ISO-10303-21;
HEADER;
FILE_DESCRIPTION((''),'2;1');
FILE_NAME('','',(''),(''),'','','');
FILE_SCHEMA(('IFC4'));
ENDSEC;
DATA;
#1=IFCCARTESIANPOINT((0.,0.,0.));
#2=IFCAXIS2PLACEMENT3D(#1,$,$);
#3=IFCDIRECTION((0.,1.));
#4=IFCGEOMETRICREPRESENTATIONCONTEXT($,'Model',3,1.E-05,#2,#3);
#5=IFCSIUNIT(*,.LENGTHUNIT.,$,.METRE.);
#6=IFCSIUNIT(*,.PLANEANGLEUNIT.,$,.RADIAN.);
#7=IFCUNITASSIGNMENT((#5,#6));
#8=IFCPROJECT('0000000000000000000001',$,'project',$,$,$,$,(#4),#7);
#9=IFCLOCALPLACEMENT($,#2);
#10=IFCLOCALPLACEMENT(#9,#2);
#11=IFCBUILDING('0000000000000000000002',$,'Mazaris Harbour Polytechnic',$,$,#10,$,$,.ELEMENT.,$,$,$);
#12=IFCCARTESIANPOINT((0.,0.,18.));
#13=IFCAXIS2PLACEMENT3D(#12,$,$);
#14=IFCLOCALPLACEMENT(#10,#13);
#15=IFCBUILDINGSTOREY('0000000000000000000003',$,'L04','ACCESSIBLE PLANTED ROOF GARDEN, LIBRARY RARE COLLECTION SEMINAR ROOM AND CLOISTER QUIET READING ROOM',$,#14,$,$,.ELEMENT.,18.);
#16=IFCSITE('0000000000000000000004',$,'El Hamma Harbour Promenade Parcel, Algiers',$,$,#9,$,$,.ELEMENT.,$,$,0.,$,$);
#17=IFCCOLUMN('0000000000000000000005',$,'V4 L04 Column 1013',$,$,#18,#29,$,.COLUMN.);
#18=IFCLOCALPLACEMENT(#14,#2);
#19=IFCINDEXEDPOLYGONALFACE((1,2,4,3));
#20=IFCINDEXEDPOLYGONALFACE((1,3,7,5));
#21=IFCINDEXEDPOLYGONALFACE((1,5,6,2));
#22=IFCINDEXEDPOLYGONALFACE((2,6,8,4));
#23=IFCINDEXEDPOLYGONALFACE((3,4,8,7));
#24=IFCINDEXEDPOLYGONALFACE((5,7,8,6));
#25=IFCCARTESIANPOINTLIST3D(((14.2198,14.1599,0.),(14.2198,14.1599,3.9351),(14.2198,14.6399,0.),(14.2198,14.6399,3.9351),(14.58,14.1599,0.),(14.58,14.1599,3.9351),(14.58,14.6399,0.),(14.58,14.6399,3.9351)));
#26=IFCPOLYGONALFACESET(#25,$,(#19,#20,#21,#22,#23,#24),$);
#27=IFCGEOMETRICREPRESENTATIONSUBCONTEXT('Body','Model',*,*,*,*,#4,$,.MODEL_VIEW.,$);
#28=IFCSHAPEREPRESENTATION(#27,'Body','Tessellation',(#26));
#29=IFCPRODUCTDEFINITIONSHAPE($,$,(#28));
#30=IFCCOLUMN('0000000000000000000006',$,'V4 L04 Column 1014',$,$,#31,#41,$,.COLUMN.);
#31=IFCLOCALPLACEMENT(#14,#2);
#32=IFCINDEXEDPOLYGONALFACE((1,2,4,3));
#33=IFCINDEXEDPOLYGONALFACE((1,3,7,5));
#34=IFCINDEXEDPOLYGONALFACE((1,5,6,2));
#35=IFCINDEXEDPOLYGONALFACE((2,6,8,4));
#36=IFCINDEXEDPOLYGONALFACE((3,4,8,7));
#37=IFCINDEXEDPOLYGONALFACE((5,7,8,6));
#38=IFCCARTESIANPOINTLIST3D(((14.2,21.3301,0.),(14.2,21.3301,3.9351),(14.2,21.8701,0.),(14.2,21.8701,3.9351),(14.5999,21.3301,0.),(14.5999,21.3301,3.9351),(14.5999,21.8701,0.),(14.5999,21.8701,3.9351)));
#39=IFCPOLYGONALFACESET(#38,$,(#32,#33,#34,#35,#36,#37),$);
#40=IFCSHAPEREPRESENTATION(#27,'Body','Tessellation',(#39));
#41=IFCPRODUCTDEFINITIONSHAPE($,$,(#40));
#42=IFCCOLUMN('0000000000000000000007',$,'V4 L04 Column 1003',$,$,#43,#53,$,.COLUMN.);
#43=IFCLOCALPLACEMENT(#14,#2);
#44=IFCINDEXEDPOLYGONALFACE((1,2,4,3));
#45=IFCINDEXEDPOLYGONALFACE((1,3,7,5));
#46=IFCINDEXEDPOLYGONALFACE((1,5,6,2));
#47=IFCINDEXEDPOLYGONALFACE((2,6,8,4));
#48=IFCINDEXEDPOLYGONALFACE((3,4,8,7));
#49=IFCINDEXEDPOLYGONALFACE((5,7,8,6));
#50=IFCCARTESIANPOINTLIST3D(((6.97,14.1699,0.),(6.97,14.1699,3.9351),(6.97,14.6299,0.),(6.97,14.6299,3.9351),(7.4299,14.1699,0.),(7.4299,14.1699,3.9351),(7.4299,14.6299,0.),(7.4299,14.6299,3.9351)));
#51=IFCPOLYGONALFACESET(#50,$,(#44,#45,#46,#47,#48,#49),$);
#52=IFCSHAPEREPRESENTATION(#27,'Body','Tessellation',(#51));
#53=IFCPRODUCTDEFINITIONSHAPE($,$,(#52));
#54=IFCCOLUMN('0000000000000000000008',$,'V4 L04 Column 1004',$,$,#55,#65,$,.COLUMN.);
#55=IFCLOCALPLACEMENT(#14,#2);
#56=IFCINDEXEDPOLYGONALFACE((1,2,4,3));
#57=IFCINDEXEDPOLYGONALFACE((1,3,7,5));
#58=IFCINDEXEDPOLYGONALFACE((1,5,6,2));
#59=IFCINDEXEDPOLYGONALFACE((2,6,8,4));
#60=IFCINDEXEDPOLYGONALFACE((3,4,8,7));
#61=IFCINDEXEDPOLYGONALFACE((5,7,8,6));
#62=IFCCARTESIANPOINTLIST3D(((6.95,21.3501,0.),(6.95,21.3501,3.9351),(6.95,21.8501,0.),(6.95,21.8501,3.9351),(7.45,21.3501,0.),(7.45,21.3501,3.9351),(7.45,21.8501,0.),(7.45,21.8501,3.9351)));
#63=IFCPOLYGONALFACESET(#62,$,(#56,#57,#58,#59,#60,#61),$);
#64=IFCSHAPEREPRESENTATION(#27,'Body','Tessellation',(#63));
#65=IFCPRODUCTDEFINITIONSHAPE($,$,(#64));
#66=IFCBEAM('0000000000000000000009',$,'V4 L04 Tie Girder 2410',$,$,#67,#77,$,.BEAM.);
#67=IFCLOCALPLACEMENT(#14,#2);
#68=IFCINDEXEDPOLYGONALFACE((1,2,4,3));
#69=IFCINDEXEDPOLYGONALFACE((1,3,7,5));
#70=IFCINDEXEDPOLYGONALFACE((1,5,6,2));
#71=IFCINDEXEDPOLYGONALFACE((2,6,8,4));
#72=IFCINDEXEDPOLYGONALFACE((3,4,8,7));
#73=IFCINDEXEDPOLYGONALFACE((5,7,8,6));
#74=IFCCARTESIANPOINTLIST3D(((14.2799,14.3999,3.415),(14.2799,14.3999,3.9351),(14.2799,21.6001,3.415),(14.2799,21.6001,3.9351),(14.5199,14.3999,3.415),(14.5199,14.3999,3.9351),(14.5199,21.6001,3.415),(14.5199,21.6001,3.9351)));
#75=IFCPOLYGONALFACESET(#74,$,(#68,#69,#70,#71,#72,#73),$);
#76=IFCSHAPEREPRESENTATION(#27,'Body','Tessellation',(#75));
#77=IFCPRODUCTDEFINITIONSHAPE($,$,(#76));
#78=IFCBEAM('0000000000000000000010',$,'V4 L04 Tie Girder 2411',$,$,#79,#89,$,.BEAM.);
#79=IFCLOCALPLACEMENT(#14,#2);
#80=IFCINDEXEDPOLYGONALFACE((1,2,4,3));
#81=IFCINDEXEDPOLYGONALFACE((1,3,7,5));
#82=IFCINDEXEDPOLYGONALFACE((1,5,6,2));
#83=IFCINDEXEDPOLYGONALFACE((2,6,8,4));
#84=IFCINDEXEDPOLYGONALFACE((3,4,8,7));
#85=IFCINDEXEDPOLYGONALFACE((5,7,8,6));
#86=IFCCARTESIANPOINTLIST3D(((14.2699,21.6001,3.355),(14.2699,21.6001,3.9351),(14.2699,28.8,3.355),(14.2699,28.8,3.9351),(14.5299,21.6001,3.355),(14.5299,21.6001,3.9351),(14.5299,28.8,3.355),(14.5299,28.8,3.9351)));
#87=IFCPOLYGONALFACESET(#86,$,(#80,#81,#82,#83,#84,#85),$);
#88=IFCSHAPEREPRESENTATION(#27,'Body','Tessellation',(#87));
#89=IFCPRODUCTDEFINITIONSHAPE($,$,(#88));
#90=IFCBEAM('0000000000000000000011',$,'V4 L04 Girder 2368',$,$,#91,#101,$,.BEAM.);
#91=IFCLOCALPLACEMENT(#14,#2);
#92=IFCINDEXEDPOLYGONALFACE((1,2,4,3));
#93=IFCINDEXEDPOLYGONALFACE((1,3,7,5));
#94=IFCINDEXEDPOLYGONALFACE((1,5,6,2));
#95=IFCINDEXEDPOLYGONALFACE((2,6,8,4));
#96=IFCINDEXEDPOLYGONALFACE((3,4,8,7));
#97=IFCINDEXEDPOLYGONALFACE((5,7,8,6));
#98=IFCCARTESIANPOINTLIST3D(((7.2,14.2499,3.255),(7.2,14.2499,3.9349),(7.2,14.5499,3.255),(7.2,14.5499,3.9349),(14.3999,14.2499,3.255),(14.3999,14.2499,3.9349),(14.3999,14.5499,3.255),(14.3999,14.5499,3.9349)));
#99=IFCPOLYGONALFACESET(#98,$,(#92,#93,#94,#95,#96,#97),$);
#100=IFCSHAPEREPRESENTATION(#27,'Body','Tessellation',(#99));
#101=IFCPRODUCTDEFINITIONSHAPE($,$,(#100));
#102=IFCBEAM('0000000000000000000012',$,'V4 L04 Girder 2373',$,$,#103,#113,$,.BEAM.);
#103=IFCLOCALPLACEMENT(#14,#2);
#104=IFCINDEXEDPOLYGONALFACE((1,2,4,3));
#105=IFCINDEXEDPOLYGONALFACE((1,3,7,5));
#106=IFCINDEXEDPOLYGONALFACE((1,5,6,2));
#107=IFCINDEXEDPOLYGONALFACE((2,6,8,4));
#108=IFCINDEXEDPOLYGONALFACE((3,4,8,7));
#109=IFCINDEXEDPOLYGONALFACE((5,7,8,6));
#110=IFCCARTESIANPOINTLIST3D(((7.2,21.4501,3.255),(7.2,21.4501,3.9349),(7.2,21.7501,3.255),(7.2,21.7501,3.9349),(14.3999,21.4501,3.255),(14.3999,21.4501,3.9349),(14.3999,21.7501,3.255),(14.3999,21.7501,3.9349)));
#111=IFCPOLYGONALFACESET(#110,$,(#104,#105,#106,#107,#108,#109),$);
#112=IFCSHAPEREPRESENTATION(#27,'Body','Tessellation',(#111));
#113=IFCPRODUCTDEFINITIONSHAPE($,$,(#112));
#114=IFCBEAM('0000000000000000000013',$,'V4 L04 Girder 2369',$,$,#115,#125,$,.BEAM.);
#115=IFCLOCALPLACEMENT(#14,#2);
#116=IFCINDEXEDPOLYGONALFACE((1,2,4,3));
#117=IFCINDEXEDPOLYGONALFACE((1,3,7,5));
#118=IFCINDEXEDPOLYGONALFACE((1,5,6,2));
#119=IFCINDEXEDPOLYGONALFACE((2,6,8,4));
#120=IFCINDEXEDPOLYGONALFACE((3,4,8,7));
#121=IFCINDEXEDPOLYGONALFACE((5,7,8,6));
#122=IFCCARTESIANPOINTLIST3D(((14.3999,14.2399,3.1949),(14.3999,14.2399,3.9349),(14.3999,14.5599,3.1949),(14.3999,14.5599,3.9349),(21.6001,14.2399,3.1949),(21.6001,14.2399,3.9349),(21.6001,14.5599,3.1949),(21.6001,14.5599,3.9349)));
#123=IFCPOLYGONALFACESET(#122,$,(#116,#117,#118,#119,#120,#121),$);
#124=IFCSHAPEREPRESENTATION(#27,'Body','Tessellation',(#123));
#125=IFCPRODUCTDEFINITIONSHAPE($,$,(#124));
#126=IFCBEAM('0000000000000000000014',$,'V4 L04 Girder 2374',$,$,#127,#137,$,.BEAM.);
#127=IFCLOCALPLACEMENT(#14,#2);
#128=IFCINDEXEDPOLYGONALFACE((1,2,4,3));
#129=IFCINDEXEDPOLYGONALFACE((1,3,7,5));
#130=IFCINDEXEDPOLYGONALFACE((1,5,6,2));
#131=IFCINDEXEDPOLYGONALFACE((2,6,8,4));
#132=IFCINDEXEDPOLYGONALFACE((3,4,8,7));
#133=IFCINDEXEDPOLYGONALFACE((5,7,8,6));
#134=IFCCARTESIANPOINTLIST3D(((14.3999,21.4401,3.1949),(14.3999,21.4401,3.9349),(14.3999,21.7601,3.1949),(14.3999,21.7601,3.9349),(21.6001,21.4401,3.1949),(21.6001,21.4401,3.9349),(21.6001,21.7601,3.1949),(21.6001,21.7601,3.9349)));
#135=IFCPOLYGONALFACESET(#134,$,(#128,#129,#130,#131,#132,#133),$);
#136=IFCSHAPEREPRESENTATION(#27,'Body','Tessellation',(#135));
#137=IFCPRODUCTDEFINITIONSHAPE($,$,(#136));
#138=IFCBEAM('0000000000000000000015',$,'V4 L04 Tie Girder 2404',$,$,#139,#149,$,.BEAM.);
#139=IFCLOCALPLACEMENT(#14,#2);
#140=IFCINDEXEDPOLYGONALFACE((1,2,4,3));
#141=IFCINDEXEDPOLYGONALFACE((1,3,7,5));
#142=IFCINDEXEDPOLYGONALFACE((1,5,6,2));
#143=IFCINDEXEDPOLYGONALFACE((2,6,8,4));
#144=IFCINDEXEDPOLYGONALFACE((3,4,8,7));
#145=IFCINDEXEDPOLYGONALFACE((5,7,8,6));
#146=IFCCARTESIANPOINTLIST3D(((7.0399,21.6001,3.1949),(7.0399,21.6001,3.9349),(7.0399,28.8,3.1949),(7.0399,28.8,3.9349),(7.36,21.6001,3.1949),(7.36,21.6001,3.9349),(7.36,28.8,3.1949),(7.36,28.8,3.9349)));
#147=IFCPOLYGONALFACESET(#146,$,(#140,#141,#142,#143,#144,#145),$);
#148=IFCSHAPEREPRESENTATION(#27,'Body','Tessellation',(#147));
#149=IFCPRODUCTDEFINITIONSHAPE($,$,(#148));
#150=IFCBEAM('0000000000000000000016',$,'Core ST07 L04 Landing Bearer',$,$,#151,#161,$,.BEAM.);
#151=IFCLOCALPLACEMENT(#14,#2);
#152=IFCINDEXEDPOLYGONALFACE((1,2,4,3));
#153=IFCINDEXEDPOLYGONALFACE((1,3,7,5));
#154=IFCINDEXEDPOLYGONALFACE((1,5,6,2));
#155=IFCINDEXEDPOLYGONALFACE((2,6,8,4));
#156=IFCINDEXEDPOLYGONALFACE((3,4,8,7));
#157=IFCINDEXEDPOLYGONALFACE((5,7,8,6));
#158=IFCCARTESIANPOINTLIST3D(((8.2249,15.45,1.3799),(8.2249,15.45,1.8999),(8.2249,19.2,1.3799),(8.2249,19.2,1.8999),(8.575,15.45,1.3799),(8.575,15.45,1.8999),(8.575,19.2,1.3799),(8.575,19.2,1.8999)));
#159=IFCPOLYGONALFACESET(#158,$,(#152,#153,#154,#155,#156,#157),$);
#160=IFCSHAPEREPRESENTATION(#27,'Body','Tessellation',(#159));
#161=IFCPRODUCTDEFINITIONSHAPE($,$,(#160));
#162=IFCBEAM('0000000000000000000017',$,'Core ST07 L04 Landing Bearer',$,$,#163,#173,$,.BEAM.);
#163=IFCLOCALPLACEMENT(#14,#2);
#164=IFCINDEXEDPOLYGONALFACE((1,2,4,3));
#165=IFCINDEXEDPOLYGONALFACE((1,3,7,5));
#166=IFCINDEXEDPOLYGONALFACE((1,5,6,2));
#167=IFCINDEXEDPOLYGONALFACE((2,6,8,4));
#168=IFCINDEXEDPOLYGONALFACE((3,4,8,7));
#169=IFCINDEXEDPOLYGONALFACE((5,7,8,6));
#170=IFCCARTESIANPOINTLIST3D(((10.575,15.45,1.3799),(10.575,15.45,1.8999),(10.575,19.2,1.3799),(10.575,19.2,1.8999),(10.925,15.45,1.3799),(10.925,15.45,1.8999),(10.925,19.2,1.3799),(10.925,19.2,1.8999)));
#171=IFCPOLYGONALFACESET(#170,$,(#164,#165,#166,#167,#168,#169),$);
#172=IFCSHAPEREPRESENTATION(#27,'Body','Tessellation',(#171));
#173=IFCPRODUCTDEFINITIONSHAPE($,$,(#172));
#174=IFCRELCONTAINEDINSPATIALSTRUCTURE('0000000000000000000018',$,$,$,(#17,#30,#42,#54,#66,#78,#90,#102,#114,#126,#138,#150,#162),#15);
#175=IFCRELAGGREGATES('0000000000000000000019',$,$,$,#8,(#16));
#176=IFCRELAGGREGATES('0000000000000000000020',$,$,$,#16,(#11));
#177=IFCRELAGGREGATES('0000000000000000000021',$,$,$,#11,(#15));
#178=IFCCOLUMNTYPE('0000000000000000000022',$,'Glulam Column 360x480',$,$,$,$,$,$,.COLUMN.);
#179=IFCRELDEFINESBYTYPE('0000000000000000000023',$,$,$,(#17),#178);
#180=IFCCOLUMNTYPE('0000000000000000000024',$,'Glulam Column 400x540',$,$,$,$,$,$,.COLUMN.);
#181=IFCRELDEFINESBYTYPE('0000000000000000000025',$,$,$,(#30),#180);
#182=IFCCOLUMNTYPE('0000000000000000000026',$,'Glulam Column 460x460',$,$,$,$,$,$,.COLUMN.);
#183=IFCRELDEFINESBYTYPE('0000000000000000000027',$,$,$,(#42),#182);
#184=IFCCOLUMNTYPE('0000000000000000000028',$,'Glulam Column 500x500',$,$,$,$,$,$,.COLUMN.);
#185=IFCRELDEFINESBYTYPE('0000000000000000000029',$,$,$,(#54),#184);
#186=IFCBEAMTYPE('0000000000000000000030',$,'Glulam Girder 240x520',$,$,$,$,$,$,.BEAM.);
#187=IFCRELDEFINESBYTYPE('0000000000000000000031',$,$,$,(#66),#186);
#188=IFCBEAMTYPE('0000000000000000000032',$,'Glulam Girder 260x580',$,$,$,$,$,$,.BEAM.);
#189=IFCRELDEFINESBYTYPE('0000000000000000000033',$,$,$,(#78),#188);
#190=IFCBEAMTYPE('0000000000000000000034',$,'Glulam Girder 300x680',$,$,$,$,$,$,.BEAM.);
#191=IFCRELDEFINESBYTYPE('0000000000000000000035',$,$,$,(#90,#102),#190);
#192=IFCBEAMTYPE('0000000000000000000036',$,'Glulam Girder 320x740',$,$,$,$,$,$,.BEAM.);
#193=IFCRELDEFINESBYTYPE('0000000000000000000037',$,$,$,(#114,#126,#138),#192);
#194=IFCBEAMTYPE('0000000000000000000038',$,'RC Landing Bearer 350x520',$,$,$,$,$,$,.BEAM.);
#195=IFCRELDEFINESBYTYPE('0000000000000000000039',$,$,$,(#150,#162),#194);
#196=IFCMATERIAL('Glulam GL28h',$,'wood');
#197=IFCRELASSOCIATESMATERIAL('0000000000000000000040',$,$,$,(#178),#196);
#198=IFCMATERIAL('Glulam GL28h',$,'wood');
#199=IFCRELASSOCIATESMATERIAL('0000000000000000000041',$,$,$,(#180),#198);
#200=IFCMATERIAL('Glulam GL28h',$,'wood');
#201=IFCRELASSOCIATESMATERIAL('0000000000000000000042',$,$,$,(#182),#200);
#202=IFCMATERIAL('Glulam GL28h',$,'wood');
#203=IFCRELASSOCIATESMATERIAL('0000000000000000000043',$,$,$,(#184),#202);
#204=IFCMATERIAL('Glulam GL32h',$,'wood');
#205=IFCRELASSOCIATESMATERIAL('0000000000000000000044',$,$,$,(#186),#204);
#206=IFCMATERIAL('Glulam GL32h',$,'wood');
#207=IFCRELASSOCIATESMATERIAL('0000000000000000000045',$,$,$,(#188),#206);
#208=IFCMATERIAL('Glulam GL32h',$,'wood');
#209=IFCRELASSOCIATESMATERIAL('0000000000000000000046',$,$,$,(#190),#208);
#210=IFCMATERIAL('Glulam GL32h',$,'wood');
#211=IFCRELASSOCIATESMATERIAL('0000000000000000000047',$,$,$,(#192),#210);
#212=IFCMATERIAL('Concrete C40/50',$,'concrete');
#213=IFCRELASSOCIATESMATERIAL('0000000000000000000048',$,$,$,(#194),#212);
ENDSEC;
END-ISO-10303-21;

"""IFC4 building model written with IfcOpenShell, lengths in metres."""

from ifc_helpers import new_model, si_unit, direction, frame, origin, origin_2d, place, context, subcontext, project, spatial, rectangle, extrude, material, material_profile, profile_set, type_object, element, save


model = new_model("IFC4")

# Units and contexts
model_context = context("Model", 3, precision=1e-05, world=origin(), true_north=direction((0.0, 1.0)))
body_context = subcontext(model_context, "Body", "Model", "MODEL_VIEW")
ifc_project = project(units=[si_unit("LENGTHUNIT", "METRE"), si_unit("PLANEANGLEUNIT", "RADIAN")], contexts=[model_context])

# Site, building, storey
site_placement = place(None, origin())
site = spatial("IfcSite", under=ifc_project, at=site_placement, Name="El Hamma Harbour Promenade Parcel, Algiers", CompositionType="ELEMENT", RefElevation=0.0)
building_placement = place(site_placement, origin())
building = spatial("IfcBuilding", under=site, at=building_placement, Name="Mazaris Harbour Polytechnic", CompositionType="ELEMENT")
storey_placement = place(building_placement, frame((0.0, 0.0, 18.0)))
storey = spatial("IfcBuildingStorey", under=building, at=storey_placement, Name="L04", Description="ACCESSIBLE PLANTED ROOF GARDEN, LIBRARY RARE COLLECTION SEMINAR ROOM AND CLOISTER QUIET READING ROOM", CompositionType="ELEMENT", Elevation=18.0)

# Columns
ifc_material_1 = material(Name="Glulam GL28h", Category="wood")
ifc_material_profile_1 = material_profile(ifc_material_1, rectangle(XDim=0.3601, YDim=0.48, at=origin_2d()), Name="RECT360x480")
ifc_profile_set_1 = profile_set([ifc_material_profile_1], Name="Glulam GL28h")
column_type_1 = type_object("IfcColumnType", Name="Glulam Column 360x480", PredefinedType="COLUMN", material=ifc_profile_set_1)
column_1_placement = place(storey_placement, frame((14.3999, 14.3999, 0.0), z_axis=(0.0, 0.0, 1.0), x_axis=(1.0, 0.0, 0.0)))
element("IfcColumn", 1, at=column_1_placement, inside=storey, type_object=column_type_1, Name="V4 L04 Column 1013", PredefinedType="COLUMN", context=body_context, shape_type="SweptSolid", body=[
    extrude(rectangle(XDim=0.3601, YDim=0.48, at=origin_2d()), origin(), (0.0, 0.0, 1.0), 3.9351),
])
ifc_material_2 = material(Name="Glulam GL28h", Category="wood")
ifc_material_profile_2 = material_profile(ifc_material_2, rectangle(XDim=0.3999, YDim=0.54, at=origin_2d()), Name="RECT400x540")
ifc_profile_set_2 = profile_set([ifc_material_profile_2], Name="Glulam GL28h")
column_type_2 = type_object("IfcColumnType", Name="Glulam Column 400x540", PredefinedType="COLUMN", material=ifc_profile_set_2)
column_2_placement = place(storey_placement, frame((14.3999, 21.6001, 0.0), z_axis=(0.0, 0.0, 1.0), x_axis=(1.0, 0.0, 0.0)))
element("IfcColumn", 2, at=column_2_placement, inside=storey, type_object=column_type_2, Name="V4 L04 Column 1014", PredefinedType="COLUMN", context=body_context, shape_type="SweptSolid", body=[
    extrude(rectangle(XDim=0.3999, YDim=0.54, at=origin_2d()), origin(), (0.0, 0.0, 1.0), 3.9351),
])
ifc_material_3 = material(Name="Glulam GL28h", Category="wood")
ifc_material_profile_3 = material_profile(ifc_material_3, rectangle(XDim=0.46, YDim=0.46, at=origin_2d()), Name="RECT460x460")
ifc_profile_set_3 = profile_set([ifc_material_profile_3], Name="Glulam GL28h")
column_type_3 = type_object("IfcColumnType", Name="Glulam Column 460x460", PredefinedType="COLUMN", material=ifc_profile_set_3)
column_3_placement = place(storey_placement, frame((7.2, 14.3999, 0.0), z_axis=(0.0, 0.0, 1.0), x_axis=(1.0, 0.0, 0.0)))
element("IfcColumn", 3, at=column_3_placement, inside=storey, type_object=column_type_3, Name="V4 L04 Column 1003", PredefinedType="COLUMN", context=body_context, shape_type="SweptSolid", body=[
    extrude(rectangle(XDim=0.46, YDim=0.46, at=origin_2d()), origin(), (0.0, 0.0, 1.0), 3.9351),
])
ifc_material_4 = material(Name="Glulam GL28h", Category="wood")
ifc_material_profile_4 = material_profile(ifc_material_4, rectangle(XDim=0.5, YDim=0.5, at=origin_2d()), Name="RECT500x500")
ifc_profile_set_4 = profile_set([ifc_material_profile_4], Name="Glulam GL28h")
column_type_4 = type_object("IfcColumnType", Name="Glulam Column 500x500", PredefinedType="COLUMN", material=ifc_profile_set_4)
column_4_placement = place(storey_placement, frame((7.2, 21.6001, 0.0), z_axis=(0.0, 0.0, 1.0), x_axis=(1.0, 0.0, 0.0)))
element("IfcColumn", 4, at=column_4_placement, inside=storey, type_object=column_type_4, Name="V4 L04 Column 1004", PredefinedType="COLUMN", context=body_context, shape_type="SweptSolid", body=[
    extrude(rectangle(XDim=0.5, YDim=0.5, at=origin_2d()), origin(), (0.0, 0.0, 1.0), 3.9351),
])

# Beams
ifc_material_5 = material(Name="Glulam GL32h", Category="wood")
ifc_material_profile_5 = material_profile(ifc_material_5, rectangle(XDim=0.24, YDim=0.52, at=origin_2d()), Name="RECT240x520")
ifc_profile_set_5 = profile_set([ifc_material_profile_5], Name="Glulam GL32h")
beam_type_1 = type_object("IfcBeamType", Name="Glulam Girder 240x520", PredefinedType="BEAM", material=ifc_profile_set_5)
beam_1_placement = place(storey_placement, frame((14.3999, 14.3999, 3.675), z_axis=(0.0, 1.0, 0.0), x_axis=(-1.0, 0.0, 0.0)))
element("IfcBeam", 5, at=beam_1_placement, inside=storey, type_object=beam_type_1, Name="V4 L04 Tie Girder 2410", PredefinedType="BEAM", context=body_context, shape_type="SweptSolid", body=[
    extrude(rectangle(XDim=0.24, YDim=0.52, at=origin_2d()), origin(), (0.0, 0.0, 1.0), 7.2002),
])
ifc_material_6 = material(Name="Glulam GL32h", Category="wood")
ifc_material_profile_6 = material_profile(ifc_material_6, rectangle(XDim=0.26, YDim=0.5801, at=origin_2d()), Name="RECT260x580")
ifc_profile_set_6 = profile_set([ifc_material_profile_6], Name="Glulam GL32h")
beam_type_2 = type_object("IfcBeamType", Name="Glulam Girder 260x580", PredefinedType="BEAM", material=ifc_profile_set_6)
beam_2_placement = place(storey_placement, frame((14.3999, 21.6001, 3.645), z_axis=(0.0, 1.0, 0.0), x_axis=(-1.0, 0.0, 0.0)))
element("IfcBeam", 6, at=beam_2_placement, inside=storey, type_object=beam_type_2, Name="V4 L04 Tie Girder 2411", PredefinedType="BEAM", context=body_context, shape_type="SweptSolid", body=[
    extrude(rectangle(XDim=0.26, YDim=0.5801, at=origin_2d()), origin(), (0.0, 0.0, 1.0), 7.2),
])
ifc_material_7 = material(Name="Glulam GL32h", Category="wood")
ifc_material_profile_7 = material_profile(ifc_material_7, rectangle(XDim=0.3, YDim=0.6799, at=origin_2d()), Name="RECT300x680")
ifc_profile_set_7 = profile_set([ifc_material_profile_7], Name="Glulam GL32h")
beam_type_3 = type_object("IfcBeamType", Name="Glulam Girder 300x680", PredefinedType="BEAM", material=ifc_profile_set_7)
for number, where, z_axis, x_axis, name in (
    (7, (7.2, 14.3999, 3.595), (1.0, 0.0, 0.0), (0.0, 1.0, 0.0), "V4 L04 Girder 2368"),
    (8, (7.2, 21.6001, 3.595), (1.0, 0.0, 0.0), (0.0, 1.0, 0.0), "V4 L04 Girder 2373"),
):
    element("IfcBeam", number, at=place(storey_placement, frame(where, z_axis=z_axis, x_axis=x_axis)), inside=storey, type_object=beam_type_3, Name=name, PredefinedType="BEAM", context=body_context, shape_type="SweptSolid", body=[
        extrude(rectangle(XDim=0.3, YDim=0.6799, at=origin_2d()), origin(), (0.0, 0.0, 1.0), 7.2),
    ])
ifc_material_8 = material(Name="Glulam GL32h", Category="wood")
ifc_material_profile_8 = material_profile(ifc_material_8, rectangle(XDim=0.3201, YDim=0.74, at=origin_2d()), Name="RECT320x740")
ifc_profile_set_8 = profile_set([ifc_material_profile_8], Name="Glulam GL32h")
beam_type_4 = type_object("IfcBeamType", Name="Glulam Girder 320x740", PredefinedType="BEAM", material=ifc_profile_set_8)
for number, where, z_axis, x_axis, name in (
    (9, (14.3999, 14.3999, 3.5649), (1.0, 0.0, 0.0), (0.0, 1.0, 0.0), "V4 L04 Girder 2369"),
    (10, (14.3999, 21.6001, 3.5649), (1.0, 0.0, 0.0), (0.0, 1.0, 0.0), "V4 L04 Girder 2374"),
):
    element("IfcBeam", number, at=place(storey_placement, frame(where, z_axis=z_axis, x_axis=x_axis)), inside=storey, type_object=beam_type_4, Name=name, PredefinedType="BEAM", context=body_context, shape_type="SweptSolid", body=[
        extrude(rectangle(XDim=0.3201, YDim=0.74, at=origin_2d()), origin(), (0.0, 0.0, 1.0), 7.2002),
    ])
beam_3_placement = place(storey_placement, frame((7.2, 21.6001, 3.5649), z_axis=(0.0, 1.0, 0.0), x_axis=(-1.0, 0.0, 0.0)))
element("IfcBeam", 11, at=beam_3_placement, inside=storey, type_object=beam_type_4, Name="V4 L04 Tie Girder 2404", PredefinedType="BEAM", context=body_context, shape_type="SweptSolid", body=[
    extrude(rectangle(XDim=0.3201, YDim=0.74, at=origin_2d()), origin(), (0.0, 0.0, 1.0), 7.2),
])
ifc_material_9 = material(Name="Concrete C40/50", Category="concrete")
ifc_material_profile_9 = material_profile(ifc_material_9, rectangle(XDim=0.3501, YDim=0.52, at=origin_2d()), Name="RECT350x520")
ifc_profile_set_9 = profile_set([ifc_material_profile_9], Name="Concrete C40/50")
beam_type_5 = type_object("IfcBeamType", Name="RC Landing Bearer 350x520", PredefinedType="BEAM", material=ifc_profile_set_9)
for number, where, z_axis, x_axis, name in (
    (12, (8.3999, 15.45, 1.6399), (0.0, 1.0, 0.0), (-1.0, 0.0, 0.0), "Core ST07 L04 Landing Bearer"),
    (13, (10.75, 15.45, 1.6399), (0.0, 1.0, 0.0), (-1.0, 0.0, 0.0), "Core ST07 L04 Landing Bearer"),
):
    element("IfcBeam", number, at=place(storey_placement, frame(where, z_axis=z_axis, x_axis=x_axis)), inside=storey, type_object=beam_type_5, Name=name, PredefinedType="BEAM", context=body_context, shape_type="SweptSolid", body=[
        extrude(rectangle(XDim=0.3501, YDim=0.52, at=origin_2d()), origin(), (0.0, 0.0, 1.0), 3.75),
    ])

save(model, "model.ifc")
